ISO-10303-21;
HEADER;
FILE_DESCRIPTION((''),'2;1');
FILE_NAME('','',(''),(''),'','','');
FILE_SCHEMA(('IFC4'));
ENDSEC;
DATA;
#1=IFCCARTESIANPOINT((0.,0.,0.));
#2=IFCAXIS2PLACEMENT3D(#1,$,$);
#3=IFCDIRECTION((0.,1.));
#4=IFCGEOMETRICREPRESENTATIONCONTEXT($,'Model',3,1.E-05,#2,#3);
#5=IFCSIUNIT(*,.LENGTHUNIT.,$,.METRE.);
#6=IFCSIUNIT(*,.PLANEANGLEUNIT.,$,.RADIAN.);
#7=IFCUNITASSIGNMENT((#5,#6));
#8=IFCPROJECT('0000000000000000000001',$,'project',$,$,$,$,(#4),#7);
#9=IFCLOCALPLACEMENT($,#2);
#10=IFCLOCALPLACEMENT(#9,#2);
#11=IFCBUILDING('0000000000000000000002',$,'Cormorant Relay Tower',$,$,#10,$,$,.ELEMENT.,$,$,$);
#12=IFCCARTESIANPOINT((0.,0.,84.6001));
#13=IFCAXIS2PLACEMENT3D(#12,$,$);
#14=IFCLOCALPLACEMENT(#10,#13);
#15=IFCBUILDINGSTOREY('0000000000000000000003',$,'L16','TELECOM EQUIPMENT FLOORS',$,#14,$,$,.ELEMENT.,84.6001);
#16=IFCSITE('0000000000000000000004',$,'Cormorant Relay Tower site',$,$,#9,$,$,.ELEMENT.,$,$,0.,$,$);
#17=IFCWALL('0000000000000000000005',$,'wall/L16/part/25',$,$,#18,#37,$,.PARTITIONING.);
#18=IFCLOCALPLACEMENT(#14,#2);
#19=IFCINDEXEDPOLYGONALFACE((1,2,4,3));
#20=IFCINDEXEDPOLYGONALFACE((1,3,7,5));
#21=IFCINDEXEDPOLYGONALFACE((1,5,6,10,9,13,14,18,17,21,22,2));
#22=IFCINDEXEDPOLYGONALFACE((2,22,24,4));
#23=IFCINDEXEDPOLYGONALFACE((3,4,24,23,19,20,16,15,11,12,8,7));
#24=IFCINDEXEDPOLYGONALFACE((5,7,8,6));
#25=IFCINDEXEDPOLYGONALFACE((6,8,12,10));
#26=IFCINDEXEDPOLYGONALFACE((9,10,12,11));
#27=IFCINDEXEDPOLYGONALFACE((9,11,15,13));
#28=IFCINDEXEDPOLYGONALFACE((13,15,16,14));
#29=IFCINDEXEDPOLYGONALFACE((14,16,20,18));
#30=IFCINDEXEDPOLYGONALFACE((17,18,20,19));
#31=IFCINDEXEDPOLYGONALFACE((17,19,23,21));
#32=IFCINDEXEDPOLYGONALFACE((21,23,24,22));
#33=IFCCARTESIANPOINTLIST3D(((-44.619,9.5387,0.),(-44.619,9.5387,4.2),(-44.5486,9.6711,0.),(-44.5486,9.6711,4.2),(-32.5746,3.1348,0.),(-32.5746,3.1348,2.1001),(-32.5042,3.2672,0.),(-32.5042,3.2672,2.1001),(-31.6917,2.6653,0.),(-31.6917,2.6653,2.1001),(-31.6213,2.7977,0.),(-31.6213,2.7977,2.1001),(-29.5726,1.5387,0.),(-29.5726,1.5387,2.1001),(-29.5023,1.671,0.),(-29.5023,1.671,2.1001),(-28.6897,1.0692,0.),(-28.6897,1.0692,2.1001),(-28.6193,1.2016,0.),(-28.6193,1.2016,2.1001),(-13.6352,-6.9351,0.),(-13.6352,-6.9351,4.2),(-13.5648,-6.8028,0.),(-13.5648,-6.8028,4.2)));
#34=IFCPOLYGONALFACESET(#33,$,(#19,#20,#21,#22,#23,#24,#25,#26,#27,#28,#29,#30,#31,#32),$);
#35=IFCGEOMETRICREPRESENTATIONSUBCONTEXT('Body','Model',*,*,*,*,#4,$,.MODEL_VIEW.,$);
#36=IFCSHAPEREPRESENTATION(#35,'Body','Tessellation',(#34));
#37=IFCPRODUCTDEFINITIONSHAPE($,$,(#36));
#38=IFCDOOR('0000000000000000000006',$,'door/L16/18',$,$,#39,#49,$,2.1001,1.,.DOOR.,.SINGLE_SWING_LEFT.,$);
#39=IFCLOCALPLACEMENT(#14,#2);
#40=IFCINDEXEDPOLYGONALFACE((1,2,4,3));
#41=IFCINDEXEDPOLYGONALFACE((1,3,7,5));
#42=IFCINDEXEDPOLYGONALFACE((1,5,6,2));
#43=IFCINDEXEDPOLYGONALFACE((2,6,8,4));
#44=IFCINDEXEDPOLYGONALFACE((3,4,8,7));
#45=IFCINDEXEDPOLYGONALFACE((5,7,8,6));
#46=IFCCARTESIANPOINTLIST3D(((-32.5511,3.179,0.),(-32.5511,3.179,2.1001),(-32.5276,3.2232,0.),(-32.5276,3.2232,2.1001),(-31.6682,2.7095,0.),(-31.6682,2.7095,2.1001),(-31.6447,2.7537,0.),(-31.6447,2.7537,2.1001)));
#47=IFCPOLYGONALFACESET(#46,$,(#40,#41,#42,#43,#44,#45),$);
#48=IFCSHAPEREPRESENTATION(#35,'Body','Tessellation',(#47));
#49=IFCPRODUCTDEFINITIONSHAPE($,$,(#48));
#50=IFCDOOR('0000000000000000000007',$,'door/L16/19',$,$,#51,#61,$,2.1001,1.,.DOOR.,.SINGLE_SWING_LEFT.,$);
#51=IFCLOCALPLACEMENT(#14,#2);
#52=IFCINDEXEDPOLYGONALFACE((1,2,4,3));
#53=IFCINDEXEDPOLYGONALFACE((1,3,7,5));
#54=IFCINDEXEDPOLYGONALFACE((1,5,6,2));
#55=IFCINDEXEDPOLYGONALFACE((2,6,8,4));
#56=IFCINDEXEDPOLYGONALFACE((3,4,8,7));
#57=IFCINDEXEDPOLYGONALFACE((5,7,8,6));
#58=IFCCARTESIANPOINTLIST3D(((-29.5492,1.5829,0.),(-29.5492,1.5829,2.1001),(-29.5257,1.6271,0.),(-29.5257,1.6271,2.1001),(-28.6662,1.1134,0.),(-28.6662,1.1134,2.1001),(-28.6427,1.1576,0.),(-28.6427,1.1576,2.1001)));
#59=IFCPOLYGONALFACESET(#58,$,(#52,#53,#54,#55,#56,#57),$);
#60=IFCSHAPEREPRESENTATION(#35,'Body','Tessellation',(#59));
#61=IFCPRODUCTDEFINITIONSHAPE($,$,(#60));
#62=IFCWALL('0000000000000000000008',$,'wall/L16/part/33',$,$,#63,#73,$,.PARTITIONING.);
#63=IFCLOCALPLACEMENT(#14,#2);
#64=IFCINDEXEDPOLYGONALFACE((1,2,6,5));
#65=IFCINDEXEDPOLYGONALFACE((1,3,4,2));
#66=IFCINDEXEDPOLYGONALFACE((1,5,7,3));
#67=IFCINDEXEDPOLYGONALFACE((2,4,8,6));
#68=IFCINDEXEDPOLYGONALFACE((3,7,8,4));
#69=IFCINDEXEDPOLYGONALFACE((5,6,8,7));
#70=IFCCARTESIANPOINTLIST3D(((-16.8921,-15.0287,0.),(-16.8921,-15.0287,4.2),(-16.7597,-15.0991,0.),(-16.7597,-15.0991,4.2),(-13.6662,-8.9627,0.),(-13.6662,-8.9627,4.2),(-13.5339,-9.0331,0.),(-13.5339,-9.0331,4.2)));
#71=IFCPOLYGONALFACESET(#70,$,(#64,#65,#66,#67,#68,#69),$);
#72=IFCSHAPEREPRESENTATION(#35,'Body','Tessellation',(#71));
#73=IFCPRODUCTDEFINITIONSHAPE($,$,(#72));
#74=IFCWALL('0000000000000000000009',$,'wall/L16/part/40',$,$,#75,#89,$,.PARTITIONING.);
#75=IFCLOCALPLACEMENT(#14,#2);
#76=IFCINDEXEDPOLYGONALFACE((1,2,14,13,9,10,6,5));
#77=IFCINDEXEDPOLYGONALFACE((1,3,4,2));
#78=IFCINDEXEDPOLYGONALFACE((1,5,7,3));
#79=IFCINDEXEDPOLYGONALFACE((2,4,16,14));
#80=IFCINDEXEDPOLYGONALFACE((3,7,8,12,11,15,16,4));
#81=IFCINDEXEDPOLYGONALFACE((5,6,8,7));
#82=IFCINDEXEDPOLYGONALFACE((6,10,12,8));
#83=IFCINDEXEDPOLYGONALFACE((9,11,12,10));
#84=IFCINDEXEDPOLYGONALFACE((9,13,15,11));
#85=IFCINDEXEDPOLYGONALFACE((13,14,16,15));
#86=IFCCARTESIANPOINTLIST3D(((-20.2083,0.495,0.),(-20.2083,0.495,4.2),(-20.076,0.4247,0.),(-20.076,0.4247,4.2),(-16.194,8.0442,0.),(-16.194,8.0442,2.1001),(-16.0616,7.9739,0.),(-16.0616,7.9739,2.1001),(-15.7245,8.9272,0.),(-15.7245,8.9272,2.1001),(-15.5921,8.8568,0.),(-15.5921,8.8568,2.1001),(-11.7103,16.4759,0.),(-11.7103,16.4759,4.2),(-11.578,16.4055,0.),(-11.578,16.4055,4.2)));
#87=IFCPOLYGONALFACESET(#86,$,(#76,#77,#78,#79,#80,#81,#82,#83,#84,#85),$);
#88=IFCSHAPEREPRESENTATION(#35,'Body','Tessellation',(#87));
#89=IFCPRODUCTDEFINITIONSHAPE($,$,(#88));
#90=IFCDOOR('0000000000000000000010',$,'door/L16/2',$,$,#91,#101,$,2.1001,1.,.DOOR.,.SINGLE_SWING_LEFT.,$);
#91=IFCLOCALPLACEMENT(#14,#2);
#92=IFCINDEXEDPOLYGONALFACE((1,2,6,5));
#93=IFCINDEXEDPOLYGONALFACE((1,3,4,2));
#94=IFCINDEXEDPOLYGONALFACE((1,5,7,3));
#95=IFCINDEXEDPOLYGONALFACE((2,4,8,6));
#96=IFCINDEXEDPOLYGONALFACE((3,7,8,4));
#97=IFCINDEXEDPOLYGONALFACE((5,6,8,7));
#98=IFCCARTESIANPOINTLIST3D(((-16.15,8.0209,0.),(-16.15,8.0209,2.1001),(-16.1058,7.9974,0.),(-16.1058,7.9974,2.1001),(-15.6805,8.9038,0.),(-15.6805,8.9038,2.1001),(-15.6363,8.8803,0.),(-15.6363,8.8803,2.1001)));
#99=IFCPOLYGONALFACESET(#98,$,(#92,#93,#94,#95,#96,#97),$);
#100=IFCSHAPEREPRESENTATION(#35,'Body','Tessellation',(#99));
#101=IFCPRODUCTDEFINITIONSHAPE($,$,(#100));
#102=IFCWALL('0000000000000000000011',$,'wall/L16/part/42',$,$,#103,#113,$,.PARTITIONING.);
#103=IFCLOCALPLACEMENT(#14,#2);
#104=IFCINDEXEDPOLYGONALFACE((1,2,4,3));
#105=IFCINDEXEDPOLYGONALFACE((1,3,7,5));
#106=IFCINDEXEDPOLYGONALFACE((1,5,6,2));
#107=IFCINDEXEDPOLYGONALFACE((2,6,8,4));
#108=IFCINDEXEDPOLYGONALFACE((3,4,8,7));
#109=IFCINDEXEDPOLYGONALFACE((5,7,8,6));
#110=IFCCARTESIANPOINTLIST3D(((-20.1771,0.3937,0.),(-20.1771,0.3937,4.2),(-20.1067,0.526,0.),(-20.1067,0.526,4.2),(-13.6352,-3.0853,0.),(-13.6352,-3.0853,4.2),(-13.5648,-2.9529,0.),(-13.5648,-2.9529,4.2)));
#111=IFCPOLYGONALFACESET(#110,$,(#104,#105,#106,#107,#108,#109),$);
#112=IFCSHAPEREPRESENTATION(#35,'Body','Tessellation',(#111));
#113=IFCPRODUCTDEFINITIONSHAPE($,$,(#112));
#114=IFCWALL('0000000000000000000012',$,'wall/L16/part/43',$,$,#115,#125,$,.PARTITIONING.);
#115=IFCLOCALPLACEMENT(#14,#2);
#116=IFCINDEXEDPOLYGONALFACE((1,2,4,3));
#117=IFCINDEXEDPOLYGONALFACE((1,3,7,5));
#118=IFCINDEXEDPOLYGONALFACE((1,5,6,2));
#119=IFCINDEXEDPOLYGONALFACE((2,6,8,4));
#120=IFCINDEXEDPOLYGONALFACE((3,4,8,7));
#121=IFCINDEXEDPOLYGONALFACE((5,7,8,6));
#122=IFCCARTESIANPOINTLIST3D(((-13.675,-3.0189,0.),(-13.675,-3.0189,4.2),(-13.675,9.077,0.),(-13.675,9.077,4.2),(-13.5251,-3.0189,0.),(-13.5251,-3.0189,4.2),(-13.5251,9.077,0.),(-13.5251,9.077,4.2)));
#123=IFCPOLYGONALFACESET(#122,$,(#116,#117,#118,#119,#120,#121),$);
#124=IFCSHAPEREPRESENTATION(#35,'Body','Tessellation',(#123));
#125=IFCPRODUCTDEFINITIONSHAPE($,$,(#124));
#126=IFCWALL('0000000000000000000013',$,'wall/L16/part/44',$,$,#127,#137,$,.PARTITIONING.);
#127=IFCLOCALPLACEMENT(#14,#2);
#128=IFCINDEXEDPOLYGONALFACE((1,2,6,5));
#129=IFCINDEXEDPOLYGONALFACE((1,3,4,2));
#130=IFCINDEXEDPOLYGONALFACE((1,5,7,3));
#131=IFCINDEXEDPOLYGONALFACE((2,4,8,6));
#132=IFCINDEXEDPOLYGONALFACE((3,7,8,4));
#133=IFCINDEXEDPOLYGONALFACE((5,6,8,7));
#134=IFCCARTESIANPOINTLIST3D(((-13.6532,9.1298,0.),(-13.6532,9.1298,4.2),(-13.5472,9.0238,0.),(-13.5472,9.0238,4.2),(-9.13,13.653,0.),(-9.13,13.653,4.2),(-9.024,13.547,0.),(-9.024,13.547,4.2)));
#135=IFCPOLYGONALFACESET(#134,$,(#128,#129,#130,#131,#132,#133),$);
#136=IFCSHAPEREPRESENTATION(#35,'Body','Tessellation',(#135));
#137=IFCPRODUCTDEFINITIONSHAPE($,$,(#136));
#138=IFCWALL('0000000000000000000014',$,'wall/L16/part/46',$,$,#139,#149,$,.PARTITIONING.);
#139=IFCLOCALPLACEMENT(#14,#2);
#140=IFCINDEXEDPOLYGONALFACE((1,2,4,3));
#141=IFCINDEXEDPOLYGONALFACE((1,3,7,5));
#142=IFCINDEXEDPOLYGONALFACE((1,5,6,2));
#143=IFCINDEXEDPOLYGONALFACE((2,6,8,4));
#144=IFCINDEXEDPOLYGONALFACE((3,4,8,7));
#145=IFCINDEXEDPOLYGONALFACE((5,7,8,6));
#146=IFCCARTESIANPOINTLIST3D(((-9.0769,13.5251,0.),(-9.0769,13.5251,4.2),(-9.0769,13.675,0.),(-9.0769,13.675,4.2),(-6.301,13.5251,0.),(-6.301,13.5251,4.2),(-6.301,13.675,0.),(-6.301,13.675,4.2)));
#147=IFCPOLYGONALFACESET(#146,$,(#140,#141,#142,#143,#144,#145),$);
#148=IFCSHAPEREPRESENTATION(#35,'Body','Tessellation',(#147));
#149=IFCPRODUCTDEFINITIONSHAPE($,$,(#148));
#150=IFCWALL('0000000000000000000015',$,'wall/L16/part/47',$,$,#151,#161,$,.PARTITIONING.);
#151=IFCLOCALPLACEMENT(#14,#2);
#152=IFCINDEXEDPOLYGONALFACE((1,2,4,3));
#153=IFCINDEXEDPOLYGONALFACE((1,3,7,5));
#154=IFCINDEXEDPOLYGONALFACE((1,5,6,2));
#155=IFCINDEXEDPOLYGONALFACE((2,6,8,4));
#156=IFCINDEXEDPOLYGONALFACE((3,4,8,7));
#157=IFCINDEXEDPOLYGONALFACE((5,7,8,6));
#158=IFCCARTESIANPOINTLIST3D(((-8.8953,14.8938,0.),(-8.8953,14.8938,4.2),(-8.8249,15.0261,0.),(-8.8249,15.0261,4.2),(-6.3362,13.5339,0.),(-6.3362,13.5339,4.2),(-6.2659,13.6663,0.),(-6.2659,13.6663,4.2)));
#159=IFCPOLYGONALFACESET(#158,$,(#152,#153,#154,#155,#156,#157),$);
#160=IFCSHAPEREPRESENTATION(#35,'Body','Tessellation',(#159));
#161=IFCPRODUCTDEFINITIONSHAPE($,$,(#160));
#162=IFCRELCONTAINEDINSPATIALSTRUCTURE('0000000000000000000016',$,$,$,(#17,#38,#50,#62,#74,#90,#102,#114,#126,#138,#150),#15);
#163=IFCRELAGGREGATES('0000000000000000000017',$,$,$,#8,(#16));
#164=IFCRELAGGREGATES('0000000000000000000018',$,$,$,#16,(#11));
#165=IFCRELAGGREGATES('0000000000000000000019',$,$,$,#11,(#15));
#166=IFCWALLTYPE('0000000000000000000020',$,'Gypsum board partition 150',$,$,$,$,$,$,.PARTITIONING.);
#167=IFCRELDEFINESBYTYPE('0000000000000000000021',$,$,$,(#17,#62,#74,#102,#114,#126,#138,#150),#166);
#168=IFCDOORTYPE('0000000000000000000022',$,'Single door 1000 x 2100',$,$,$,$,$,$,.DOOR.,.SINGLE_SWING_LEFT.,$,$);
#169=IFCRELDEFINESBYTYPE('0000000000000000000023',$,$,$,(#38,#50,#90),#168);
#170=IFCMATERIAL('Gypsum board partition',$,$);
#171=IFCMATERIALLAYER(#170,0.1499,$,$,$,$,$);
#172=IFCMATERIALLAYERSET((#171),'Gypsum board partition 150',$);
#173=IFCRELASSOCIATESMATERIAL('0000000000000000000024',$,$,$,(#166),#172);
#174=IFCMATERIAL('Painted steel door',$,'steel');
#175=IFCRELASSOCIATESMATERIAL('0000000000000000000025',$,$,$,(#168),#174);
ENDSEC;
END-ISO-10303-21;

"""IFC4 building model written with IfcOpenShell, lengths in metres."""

from ifc_helpers import new_model, si_unit, direction, frame, frame_2d, origin, place, context, subcontext, project, spatial, rectangle, extrude, material, layer, layer_set, type_object, element, fill, save


model = new_model("IFC4")

# Units and contexts
model_context = context("Model", 3, precision=1e-05, world=origin(), true_north=direction((0.0, 1.0)))
body_context = subcontext(model_context, "Body", "Model", "MODEL_VIEW")
ifc_project = project(units=[si_unit("LENGTHUNIT", "METRE"), si_unit("PLANEANGLEUNIT", "RADIAN")], contexts=[model_context])

# Site, building, storey
site_placement = place(None, origin())
site = spatial("IfcSite", under=ifc_project, at=site_placement, Name="Cormorant Relay Tower site", CompositionType="ELEMENT", RefElevation=0.0)
building_placement = place(site_placement, origin())
building = spatial("IfcBuilding", under=site, at=building_placement, Name="Cormorant Relay Tower", CompositionType="ELEMENT")
storey_placement = place(building_placement, frame((0.0, 0.0, 84.6001)))
storey = spatial("IfcBuildingStorey", under=building, at=storey_placement, Name="L16", Description="TELECOM EQUIPMENT FLOORS", CompositionType="ELEMENT", Elevation=84.6001)

# Wall, openings, doors
ifc_material_1 = material(Name="Gypsum board partition")
ifc_layer_1 = layer(ifc_material_1, 0.1499)
ifc_layer_set_1 = layer_set([ifc_layer_1], Name="Gypsum board partition 150")
wall_type_1 = type_object("IfcWallType", Name="Gypsum board partition 150", PredefinedType="PARTITIONING", material=ifc_layer_set_1)
wall_1_placement = place(storey_placement, frame((-13.6001, -6.8689, 0.0), z_axis=(0.0, 0.0, 1.0), x_axis=(-0.882954, 0.469459, 0.0)))
wall_1 = element("IfcWall", 1, at=wall_1_placement, inside=storey, type_object=wall_type_1, Name="wall/L16/part/25", PredefinedType="PARTITIONING", context=body_context, shape_type="SweptSolid", body=[
    extrude(rectangle(XDim=35.0911, YDim=0.1499, at=frame_2d((17.5454, 0.0))), origin(), (0.0, 0.0, 1.0), 4.2),
])
opening_1_placement = place(wall_1_placement, frame((20.45, 0.0, 0.0)))
opening_1 = element("IfcOpeningElement", 2, at=opening_1_placement, cuts=wall_1, PredefinedType="OPENING", context=body_context, shape_type="SweptSolid", body=[
    extrude(rectangle(XDim=1.0, YDim=2.1001, at=frame_2d((0.5, 1.05))), frame((0.0, 0.085, 0.0), z_axis=(0.0, -1.0, 0.0), x_axis=(1.0, 0.0, 0.0)), (0.0, 0.0, 1.0), 0.1699),
])
opening_2_placement = place(wall_1_placement, frame((17.05, 0.0, 0.0)))
opening_2 = element("IfcOpeningElement", 3, at=opening_2_placement, cuts=wall_1, PredefinedType="OPENING", context=body_context, shape_type="SweptSolid", body=[
    extrude(rectangle(XDim=1.0, YDim=2.1001, at=frame_2d((0.5, 1.05))), frame((0.0, 0.085, 0.0), z_axis=(0.0, -1.0, 0.0), x_axis=(1.0, 0.0, 0.0)), (0.0, 0.0, 1.0), 0.1699),
])
ifc_material_2 = material(Name="Painted steel door", Category="steel")
door_type_1 = type_object("IfcDoorType", Name="Single door 1000 x 2100", OperationType="SINGLE_SWING_LEFT", PredefinedType="DOOR", material=ifc_material_2)
door_1_placement = place(opening_1_placement, origin())
door_1 = element("IfcDoor", 4, at=door_1_placement, inside=storey, type_object=door_type_1, Name="door/L16/18", OperationType="SINGLE_SWING_LEFT", OverallHeight=2.1001, OverallWidth=1.0, PredefinedType="DOOR", context=body_context, shape_type="SweptSolid", body=[
    extrude(rectangle(XDim=1.0, YDim=2.1001, at=frame_2d((0.5, 1.05))), frame((0.0, 0.0249, 0.0), z_axis=(0.0, -1.0, 0.0), x_axis=(1.0, 0.0, 0.0)), (0.0, 0.0, 1.0), 0.05),
])
fill(opening_1, door_1)
door_2_placement = place(opening_2_placement, origin())
door_2 = element("IfcDoor", 5, at=door_2_placement, inside=storey, type_object=door_type_1, Name="door/L16/19", OperationType="SINGLE_SWING_LEFT", OverallHeight=2.1001, OverallWidth=1.0, PredefinedType="DOOR", context=body_context, shape_type="SweptSolid", body=[
    extrude(rectangle(XDim=1.0, YDim=2.1001, at=frame_2d((0.5, 1.05))), frame((0.0, 0.0249, 0.0), z_axis=(0.0, -1.0, 0.0), x_axis=(1.0, 0.0, 0.0)), (0.0, 0.0, 1.0), 0.05),
])
fill(opening_2, door_2)

# Wall
wall_2_placement = place(storey_placement, frame((-13.6001, -8.998, 0.0), z_axis=(0.0, 0.0, 1.0), x_axis=(-0.469531, -0.882916, 0.0)))
element("IfcWall", 6, at=wall_2_placement, inside=storey, type_object=wall_type_1, Name="wall/L16/part/33", PredefinedType="PARTITIONING", context=body_context, shape_type="SweptSolid", body=[
    extrude(rectangle(XDim=6.8704, YDim=0.1499, at=frame_2d((3.4351, 0.0))), origin(), (0.0, 0.0, 1.0), 4.2),
])

# Wall, opening, door
wall_3_placement = place(storey_placement, frame((-20.1421, 0.46, 0.0), z_axis=(0.0, 0.0, 1.0), x_axis=(0.469507, 0.882929, 0.0)))
wall_3 = element("IfcWall", 7, at=wall_3_placement, inside=storey, type_object=wall_type_1, Name="wall/L16/part/40", PredefinedType="PARTITIONING", context=body_context, shape_type="SweptSolid", body=[
    extrude(rectangle(XDim=18.0999, YDim=0.1499, at=frame_2d((9.0498, 0.0))), origin(), (0.0, 0.0, 1.0), 4.2),
])
opening_3_placement = place(wall_3_placement, frame((8.55, 0.0, 0.0)))
opening_3 = element("IfcOpeningElement", 8, at=opening_3_placement, cuts=wall_3, PredefinedType="OPENING", context=body_context, shape_type="SweptSolid", body=[
    extrude(rectangle(XDim=1.0, YDim=2.1001, at=frame_2d((0.5, 1.05))), frame((0.0, 0.085, 0.0), z_axis=(0.0, -1.0, 0.0), x_axis=(1.0, 0.0, 0.0)), (0.0, 0.0, 1.0), 0.1699),
])
door_3_placement = place(opening_3_placement, frame((1.0, 0.0, 0.0), z_axis=(0.0, 0.0, 1.0), x_axis=(-1.0, 0.0, 0.0)))
door_3 = element("IfcDoor", 9, at=door_3_placement, inside=storey, type_object=door_type_1, Name="door/L16/2", OperationType="SINGLE_SWING_LEFT", OverallHeight=2.1001, OverallWidth=1.0, PredefinedType="DOOR", context=body_context, shape_type="SweptSolid", body=[
    extrude(rectangle(XDim=1.0, YDim=2.1001, at=frame_2d((0.5, 1.05))), frame((0.0, 0.0249, 0.0), z_axis=(0.0, -1.0, 0.0), x_axis=(1.0, 0.0, 0.0)), (0.0, 0.0, 1.0), 0.05),
])
fill(opening_3, door_3)

# Walls
wall_4_placement = place(storey_placement, frame((-13.6001, -3.019, 0.0), z_axis=(0.0, 0.0, 1.0), x_axis=(-0.882916, 0.469531, 0.0)))
element("IfcWall", 10, at=wall_4_placement, inside=storey, type_object=wall_type_1, Name="wall/L16/part/42", PredefinedType="PARTITIONING", context=body_context, shape_type="SweptSolid", body=[
    extrude(rectangle(XDim=7.4094, YDim=0.1499, at=frame_2d((3.7046, 0.0))), origin(), (0.0, 0.0, 1.0), 4.2),
])
wall_5_placement = place(storey_placement, frame((-13.6001, 9.0769, 0.0), z_axis=(0.0, 0.0, 1.0), x_axis=(0.0, -1.0, 0.0)))
element("IfcWall", 11, at=wall_5_placement, inside=storey, type_object=wall_type_1, Name="wall/L16/part/43", PredefinedType="PARTITIONING", context=body_context, shape_type="SweptSolid", body=[
    extrude(rectangle(XDim=12.0959, YDim=0.1499, at=frame_2d((6.0479, 0.0))), origin(), (0.0, 0.0, 1.0), 4.2),
])
wall_6_placement = place(storey_placement, frame((-13.6001, 9.0769, 0.0), z_axis=(0.0, 0.0, 1.0), x_axis=(0.707107, 0.707107, 0.0)))
element("IfcWall", 12, at=wall_6_placement, inside=storey, type_object=wall_type_1, Name="wall/L16/part/44", PredefinedType="PARTITIONING", context=body_context, shape_type="SweptSolid", body=[
    extrude(rectangle(XDim=6.3967, YDim=0.1499, at=frame_2d((3.1982, 0.0))), origin(), (0.0, 0.0, 1.0), 4.2),
])
wall_7_placement = place(storey_placement, frame((-6.301, 13.6001, 0.0), z_axis=(0.0, 0.0, 1.0), x_axis=(-1.0, 0.0, 0.0)))
element("IfcWall", 13, at=wall_7_placement, inside=storey, type_object=wall_type_1, Name="wall/L16/part/46", PredefinedType="PARTITIONING", context=body_context, shape_type="SweptSolid", body=[
    extrude(rectangle(XDim=2.7759, YDim=0.1499, at=frame_2d((1.3879, 0.0))), origin(), (0.0, 0.0, 1.0), 4.2),
])
wall_8_placement = place(storey_placement, frame((-6.301, 13.6001, 0.0), z_axis=(0.0, 0.0, 1.0), x_axis=(-0.883066, 0.46925, 0.0)))
element("IfcWall", 14, at=wall_8_placement, inside=storey, type_object=wall_type_1, Name="wall/L16/part/47", PredefinedType="PARTITIONING", context=body_context, shape_type="SweptSolid", body=[
    extrude(rectangle(XDim=2.8979, YDim=0.1499, at=frame_2d((1.449, 0.0))), origin(), (0.0, 0.0, 1.0), 4.2),
])

save(model, "model.ifc")
